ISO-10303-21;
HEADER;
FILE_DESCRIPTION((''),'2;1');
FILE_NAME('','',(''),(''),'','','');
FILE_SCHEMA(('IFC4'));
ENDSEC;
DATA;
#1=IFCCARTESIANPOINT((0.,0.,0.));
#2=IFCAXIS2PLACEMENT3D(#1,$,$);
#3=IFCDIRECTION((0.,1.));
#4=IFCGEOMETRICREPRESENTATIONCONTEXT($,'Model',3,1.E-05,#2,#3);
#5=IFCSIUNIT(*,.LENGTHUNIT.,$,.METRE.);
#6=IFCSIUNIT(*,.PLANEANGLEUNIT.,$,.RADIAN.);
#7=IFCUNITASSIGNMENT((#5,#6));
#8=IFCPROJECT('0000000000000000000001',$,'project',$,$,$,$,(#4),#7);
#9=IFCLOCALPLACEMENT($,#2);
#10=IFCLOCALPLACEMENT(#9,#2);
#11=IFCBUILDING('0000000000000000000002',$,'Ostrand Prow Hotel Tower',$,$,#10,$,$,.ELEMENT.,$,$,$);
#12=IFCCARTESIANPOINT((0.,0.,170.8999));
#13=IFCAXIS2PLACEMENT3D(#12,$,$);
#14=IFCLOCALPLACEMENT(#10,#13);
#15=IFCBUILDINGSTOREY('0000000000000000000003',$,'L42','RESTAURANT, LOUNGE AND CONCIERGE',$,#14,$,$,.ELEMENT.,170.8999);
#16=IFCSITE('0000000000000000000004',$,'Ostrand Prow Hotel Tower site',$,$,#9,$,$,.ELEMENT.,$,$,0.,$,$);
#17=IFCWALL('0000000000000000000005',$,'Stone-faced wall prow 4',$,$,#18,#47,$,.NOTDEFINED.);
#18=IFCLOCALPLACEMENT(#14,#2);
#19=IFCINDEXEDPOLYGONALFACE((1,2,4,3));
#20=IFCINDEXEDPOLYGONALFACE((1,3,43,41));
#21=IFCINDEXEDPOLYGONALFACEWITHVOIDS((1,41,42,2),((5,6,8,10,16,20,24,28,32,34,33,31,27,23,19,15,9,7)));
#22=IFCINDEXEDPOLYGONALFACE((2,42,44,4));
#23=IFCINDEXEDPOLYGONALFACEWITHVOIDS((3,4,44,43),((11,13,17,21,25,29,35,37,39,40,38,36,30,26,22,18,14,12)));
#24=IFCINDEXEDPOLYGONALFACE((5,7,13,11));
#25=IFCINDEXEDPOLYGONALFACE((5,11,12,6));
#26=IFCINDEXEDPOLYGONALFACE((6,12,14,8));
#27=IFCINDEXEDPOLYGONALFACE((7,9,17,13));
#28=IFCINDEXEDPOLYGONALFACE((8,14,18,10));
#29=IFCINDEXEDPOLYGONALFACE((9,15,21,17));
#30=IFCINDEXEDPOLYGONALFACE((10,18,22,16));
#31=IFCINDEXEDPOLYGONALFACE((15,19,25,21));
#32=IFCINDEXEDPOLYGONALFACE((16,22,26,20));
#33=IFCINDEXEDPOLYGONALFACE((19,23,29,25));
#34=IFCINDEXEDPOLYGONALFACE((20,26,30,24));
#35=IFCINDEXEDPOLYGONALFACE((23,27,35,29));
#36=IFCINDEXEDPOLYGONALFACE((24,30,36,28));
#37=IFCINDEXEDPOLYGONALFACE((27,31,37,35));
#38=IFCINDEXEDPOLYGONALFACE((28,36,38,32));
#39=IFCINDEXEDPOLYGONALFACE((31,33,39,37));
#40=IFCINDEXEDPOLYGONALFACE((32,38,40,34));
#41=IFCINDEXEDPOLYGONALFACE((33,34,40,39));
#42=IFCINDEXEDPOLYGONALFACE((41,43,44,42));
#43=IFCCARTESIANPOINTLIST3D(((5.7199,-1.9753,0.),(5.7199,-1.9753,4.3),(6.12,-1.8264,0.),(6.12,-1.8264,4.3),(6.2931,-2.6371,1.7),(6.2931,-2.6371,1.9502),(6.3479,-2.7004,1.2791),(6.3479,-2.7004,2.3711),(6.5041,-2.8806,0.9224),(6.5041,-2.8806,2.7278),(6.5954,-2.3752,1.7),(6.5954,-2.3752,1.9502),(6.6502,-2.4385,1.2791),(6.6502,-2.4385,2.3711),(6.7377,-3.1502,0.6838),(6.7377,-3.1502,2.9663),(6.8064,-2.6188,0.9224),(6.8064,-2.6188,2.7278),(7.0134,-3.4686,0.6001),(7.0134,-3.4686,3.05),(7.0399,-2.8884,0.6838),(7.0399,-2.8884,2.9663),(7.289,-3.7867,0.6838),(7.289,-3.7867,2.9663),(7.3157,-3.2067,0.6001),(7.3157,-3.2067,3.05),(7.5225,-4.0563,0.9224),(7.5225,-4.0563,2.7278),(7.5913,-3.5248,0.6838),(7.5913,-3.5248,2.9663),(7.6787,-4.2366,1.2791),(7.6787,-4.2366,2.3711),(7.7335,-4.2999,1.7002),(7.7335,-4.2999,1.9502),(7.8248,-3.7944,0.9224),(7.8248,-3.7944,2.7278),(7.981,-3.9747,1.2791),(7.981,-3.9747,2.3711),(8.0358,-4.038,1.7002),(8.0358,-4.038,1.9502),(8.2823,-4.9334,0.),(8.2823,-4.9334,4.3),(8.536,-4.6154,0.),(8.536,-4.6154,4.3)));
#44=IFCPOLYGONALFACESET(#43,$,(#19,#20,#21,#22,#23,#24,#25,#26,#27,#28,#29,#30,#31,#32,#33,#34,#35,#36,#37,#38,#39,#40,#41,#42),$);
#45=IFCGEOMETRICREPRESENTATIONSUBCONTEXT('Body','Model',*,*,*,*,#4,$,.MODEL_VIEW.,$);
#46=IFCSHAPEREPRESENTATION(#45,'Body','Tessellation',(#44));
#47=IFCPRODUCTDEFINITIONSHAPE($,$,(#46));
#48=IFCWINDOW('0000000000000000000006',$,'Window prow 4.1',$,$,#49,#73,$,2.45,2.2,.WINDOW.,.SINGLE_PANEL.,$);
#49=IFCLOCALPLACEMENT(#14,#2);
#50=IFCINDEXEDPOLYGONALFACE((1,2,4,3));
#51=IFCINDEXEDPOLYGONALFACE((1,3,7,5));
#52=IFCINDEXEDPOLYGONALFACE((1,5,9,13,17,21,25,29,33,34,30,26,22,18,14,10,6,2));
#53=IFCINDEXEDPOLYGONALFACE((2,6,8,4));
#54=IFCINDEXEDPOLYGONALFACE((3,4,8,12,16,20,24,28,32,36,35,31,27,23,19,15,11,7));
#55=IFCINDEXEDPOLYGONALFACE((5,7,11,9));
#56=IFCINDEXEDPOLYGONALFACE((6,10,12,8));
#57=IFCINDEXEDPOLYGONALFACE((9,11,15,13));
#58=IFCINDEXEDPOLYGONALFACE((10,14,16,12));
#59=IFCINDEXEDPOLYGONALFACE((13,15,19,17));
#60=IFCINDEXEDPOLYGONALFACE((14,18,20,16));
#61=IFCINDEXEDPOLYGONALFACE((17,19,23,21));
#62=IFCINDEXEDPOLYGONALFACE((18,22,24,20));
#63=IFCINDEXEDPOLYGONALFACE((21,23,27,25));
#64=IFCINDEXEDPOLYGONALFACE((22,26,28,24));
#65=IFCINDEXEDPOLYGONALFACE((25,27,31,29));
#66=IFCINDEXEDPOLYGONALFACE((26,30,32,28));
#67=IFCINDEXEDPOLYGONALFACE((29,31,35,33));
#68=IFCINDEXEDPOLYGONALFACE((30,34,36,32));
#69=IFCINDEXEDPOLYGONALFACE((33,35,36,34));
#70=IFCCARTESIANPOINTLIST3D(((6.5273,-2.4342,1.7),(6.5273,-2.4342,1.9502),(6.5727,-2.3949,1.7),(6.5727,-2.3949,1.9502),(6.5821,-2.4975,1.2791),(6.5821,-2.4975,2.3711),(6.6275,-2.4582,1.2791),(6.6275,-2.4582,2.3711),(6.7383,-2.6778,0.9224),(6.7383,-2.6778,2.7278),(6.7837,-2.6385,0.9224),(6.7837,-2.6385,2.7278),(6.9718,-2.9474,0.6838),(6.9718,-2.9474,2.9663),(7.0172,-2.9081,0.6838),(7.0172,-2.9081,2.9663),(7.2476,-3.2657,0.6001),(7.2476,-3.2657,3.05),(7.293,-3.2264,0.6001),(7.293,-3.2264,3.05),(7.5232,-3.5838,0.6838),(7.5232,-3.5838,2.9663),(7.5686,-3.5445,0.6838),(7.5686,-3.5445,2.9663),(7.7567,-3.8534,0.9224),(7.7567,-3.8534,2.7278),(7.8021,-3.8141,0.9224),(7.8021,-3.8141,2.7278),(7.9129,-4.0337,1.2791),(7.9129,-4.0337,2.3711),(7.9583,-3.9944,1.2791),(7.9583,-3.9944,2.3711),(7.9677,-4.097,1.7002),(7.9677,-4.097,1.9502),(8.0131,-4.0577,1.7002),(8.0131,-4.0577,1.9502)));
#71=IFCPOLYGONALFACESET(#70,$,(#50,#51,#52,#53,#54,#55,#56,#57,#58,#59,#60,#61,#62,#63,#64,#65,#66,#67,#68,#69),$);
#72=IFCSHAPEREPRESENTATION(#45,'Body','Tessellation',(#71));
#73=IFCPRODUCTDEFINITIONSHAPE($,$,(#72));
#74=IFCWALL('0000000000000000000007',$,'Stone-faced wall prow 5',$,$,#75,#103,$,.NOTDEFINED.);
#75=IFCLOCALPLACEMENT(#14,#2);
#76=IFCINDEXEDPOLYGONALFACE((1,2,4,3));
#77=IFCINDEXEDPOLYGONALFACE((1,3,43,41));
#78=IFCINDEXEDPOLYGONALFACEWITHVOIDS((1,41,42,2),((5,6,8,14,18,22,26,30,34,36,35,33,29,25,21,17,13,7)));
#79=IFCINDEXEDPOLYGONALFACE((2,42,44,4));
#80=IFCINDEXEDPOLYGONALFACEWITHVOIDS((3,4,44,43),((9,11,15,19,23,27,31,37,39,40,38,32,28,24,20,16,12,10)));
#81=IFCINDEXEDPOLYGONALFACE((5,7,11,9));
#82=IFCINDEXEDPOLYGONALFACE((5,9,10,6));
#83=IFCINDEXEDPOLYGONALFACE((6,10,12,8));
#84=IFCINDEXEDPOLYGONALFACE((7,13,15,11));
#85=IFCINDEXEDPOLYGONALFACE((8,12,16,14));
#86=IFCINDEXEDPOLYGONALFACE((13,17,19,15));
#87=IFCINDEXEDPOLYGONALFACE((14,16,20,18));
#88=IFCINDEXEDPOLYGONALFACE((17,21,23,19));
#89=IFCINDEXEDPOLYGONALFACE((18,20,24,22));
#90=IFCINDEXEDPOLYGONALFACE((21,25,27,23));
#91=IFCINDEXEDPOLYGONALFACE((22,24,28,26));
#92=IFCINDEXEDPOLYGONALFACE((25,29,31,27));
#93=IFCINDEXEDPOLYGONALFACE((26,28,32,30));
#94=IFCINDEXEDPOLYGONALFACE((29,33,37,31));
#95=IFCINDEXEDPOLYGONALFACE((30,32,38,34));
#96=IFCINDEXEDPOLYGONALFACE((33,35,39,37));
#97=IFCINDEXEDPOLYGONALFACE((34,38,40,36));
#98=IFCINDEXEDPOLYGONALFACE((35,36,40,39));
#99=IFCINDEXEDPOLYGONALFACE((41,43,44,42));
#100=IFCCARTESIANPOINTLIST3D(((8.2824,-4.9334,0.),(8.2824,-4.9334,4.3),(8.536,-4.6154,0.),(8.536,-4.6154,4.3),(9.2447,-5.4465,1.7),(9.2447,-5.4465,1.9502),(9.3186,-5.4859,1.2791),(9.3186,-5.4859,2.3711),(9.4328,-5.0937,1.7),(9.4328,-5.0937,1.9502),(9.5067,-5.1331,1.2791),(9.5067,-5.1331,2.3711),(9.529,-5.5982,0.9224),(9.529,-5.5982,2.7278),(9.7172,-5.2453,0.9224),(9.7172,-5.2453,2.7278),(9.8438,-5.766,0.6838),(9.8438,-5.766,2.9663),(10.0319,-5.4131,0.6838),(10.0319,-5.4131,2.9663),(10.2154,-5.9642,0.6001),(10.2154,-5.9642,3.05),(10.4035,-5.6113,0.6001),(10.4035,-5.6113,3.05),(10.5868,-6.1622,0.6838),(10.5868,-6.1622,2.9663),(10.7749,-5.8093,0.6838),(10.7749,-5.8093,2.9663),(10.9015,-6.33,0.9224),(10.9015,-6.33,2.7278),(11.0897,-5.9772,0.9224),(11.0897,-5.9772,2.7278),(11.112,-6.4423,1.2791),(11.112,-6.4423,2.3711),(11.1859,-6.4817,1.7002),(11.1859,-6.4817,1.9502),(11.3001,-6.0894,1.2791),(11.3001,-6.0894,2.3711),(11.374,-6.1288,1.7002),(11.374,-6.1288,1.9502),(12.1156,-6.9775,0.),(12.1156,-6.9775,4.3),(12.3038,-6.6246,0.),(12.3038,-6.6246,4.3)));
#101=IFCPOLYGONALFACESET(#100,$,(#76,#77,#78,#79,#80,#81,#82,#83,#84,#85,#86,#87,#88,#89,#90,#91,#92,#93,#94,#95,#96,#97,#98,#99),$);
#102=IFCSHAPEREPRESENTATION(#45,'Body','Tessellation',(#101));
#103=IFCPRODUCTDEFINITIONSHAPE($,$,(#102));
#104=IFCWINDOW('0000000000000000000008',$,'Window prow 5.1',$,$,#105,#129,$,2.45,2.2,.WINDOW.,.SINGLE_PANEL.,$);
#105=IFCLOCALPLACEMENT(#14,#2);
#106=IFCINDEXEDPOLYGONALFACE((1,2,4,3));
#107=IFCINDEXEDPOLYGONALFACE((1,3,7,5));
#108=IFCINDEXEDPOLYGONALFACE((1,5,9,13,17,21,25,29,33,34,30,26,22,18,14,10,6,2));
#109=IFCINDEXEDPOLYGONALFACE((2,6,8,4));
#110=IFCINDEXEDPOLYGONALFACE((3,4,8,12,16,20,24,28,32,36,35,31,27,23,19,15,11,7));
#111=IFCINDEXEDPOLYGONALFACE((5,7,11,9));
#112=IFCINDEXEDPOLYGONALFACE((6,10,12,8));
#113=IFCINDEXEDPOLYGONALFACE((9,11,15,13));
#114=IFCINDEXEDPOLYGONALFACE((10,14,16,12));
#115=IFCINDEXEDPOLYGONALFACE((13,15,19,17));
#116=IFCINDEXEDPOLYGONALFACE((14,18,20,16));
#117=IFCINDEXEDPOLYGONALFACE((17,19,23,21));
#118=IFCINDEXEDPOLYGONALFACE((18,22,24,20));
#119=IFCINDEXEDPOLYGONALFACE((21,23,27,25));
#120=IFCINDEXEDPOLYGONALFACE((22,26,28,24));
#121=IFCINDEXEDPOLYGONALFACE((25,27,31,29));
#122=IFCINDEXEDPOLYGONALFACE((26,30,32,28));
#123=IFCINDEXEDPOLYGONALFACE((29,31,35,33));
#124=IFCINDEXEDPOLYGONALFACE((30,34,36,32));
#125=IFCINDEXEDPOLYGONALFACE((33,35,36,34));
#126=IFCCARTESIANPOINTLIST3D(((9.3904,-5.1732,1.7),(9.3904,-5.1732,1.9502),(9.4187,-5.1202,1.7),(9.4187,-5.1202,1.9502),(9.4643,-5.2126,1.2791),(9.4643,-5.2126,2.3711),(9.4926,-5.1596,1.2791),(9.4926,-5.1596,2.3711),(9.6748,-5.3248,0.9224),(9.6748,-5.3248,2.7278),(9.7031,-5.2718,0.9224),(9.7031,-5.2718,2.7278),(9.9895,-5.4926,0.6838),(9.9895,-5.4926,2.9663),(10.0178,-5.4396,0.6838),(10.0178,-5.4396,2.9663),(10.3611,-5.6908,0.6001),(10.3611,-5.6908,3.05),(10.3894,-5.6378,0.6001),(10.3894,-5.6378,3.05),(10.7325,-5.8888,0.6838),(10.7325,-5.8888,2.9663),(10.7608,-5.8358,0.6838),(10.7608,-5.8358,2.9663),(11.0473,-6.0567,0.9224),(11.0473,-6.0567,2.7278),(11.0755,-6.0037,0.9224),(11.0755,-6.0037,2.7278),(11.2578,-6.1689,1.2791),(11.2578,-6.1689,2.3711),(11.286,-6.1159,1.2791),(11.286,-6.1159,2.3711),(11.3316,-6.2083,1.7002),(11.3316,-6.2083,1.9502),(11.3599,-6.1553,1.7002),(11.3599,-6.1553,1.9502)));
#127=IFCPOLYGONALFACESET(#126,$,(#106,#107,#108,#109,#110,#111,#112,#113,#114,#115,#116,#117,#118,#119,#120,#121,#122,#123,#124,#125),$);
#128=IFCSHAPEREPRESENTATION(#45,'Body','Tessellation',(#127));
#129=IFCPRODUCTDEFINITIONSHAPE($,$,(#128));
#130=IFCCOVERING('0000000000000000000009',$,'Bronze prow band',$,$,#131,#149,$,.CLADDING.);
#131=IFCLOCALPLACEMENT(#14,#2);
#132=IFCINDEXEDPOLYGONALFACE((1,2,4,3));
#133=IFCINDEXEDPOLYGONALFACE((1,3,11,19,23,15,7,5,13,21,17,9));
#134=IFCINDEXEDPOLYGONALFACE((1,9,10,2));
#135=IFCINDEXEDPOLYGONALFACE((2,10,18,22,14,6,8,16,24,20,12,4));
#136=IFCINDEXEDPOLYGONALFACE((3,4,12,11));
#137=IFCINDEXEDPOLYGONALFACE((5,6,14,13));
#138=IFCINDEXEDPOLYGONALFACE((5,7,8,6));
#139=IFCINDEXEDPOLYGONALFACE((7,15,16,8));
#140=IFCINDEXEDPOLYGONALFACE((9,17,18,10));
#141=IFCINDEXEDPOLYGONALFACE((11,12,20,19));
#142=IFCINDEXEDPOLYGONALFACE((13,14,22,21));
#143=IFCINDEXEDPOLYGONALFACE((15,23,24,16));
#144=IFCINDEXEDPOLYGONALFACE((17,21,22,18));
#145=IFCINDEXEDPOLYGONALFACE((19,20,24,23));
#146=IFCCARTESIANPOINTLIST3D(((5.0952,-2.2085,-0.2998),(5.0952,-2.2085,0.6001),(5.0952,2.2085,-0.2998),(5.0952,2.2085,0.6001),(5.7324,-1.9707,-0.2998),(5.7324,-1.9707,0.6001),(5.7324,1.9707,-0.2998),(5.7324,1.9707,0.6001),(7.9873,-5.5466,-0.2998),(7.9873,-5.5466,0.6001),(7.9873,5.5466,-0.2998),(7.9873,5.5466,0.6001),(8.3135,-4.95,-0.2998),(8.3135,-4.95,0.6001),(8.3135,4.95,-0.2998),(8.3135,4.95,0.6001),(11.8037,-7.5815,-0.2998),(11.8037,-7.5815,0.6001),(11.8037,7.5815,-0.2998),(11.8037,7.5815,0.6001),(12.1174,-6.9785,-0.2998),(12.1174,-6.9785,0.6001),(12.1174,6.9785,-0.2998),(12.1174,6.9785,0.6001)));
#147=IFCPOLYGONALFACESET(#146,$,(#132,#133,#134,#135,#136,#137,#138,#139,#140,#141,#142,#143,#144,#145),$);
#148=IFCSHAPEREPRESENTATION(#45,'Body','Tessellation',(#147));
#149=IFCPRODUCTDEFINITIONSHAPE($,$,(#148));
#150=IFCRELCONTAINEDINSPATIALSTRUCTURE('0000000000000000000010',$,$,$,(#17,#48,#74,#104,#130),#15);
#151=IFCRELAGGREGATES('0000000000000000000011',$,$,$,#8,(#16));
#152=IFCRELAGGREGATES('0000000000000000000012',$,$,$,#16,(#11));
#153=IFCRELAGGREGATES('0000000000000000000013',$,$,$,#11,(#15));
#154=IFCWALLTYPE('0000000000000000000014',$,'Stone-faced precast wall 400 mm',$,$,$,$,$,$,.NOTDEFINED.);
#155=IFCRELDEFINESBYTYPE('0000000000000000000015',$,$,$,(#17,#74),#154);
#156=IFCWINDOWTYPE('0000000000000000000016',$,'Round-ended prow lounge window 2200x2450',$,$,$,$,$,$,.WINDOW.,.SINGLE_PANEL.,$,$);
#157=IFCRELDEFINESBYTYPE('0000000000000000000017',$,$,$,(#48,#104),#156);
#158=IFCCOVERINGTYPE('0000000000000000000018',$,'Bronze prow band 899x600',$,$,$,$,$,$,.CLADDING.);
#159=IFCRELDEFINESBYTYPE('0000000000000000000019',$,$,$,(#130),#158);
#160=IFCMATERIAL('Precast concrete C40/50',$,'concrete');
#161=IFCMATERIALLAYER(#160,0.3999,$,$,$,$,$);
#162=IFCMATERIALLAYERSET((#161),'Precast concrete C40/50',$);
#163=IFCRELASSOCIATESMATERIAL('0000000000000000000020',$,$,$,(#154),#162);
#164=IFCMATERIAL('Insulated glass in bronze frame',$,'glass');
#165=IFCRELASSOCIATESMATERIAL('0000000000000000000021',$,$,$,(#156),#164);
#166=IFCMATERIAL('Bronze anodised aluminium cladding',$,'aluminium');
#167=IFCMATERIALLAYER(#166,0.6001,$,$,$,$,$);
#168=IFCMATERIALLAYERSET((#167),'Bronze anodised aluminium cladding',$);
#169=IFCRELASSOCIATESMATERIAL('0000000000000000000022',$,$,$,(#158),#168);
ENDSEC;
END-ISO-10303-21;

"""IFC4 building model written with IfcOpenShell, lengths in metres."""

from ifc_helpers import new_model, si_unit, direction, frame, origin, place, context, subcontext, project, spatial, polyline, outline, extrude, material, layer, layer_set, type_object, element, fill, save


model = new_model("IFC4")

# Units and contexts
model_context = context("Model", 3, precision=1e-05, world=origin(), true_north=direction((0.0, 1.0)))
body_context = subcontext(model_context, "Body", "Model", "MODEL_VIEW")
ifc_project = project(units=[si_unit("LENGTHUNIT", "METRE"), si_unit("PLANEANGLEUNIT", "RADIAN")], contexts=[model_context])

# Site, building, storey
site_placement = place(None, origin())
site = spatial("IfcSite", under=ifc_project, at=site_placement, Name="Ostrand Prow Hotel Tower site", CompositionType="ELEMENT", RefElevation=0.0)
building_placement = place(site_placement, origin())
building = spatial("IfcBuilding", under=site, at=building_placement, Name="Ostrand Prow Hotel Tower", CompositionType="ELEMENT")
storey_placement = place(building_placement, frame((0.0, 0.0, 170.8999)))
storey = spatial("IfcBuildingStorey", under=building, at=storey_placement, Name="L42", Description="RESTAURANT, LOUNGE AND CONCIERGE", CompositionType="ELEMENT", Elevation=170.8999)

# Walls, openings, windows
ifc_material_1 = material(Name="Precast concrete C40/50", Category="concrete")
ifc_layer_1 = layer(ifc_material_1, 0.3999)
ifc_layer_set_1 = layer_set([ifc_layer_1], Name="Precast concrete C40/50")
wall_type_1 = type_object("IfcWallType", Name="Stone-faced precast wall 400 mm", PredefinedType="NOTDEFINED", material=ifc_layer_set_1)
wall_1_placement = place(storey_placement, frame((5.9199, -1.9009, 0.0), z_axis=(0.0, 0.0, 1.0), x_axis=(0.654759, -0.755837, 0.0)))
wall_1 = element("IfcWall", 1, at=wall_1_placement, inside=storey, type_object=wall_type_1, Name="Stone-faced wall prow 4", PredefinedType="NOTDEFINED", context=body_context, shape_type="SweptSolid", body=[
    extrude(outline(polyline([(-0.0747, -0.2), (3.8389, -0.2), (3.7646, 0.2), (0.0747, 0.2), (-0.0747, -0.2)])), origin(), (0.0, 0.0, 1.0), 4.3),
])
opening_1_placement = place(wall_1_placement, frame((0.8008, 0.0, 0.6001)))
opening_1 = element("IfcOpeningElement", 2, at=opening_1_placement, cuts=wall_1, PredefinedType="OPENING", context=body_context, shape_type="SweptSolid", body=[
    extrude(outline(polyline([(0.0, 1.3501), (0.0837, 1.771), (0.3223, 2.1277), (0.679, 2.3662), (1.1001, 2.45), (1.521, 2.3662), (1.8777, 2.1277), (2.1162, 1.771), (2.2, 1.3501), (2.2, 1.1001), (2.1162, 0.679), (1.8777, 0.3223), (1.521, 0.0837), (1.1001, 0.0), (0.679, 0.0837), (0.3223, 0.3223), (0.0837, 0.679), (0.0, 1.0999), (0.0, 1.3501)])), frame((0.0, 0.21, 0.0), z_axis=(0.0, -1.0, 0.0), x_axis=(1.0, 0.0, 0.0)), (0.0, 0.0, 1.0), 0.4199),
])
ifc_material_2 = material(Name="Insulated glass in bronze frame", Category="glass")
window_type = type_object("IfcWindowType", Name="Round-ended prow lounge window 2200x2450", PartitioningType="SINGLE_PANEL", PredefinedType="WINDOW", material=ifc_material_2)
window_1_placement = place(opening_1_placement, origin())
window_1 = element("IfcWindow", 3, at=window_1_placement, inside=storey, type_object=window_type, Name="Window prow 4.1", OverallHeight=2.45, OverallWidth=2.2, PartitioningType="SINGLE_PANEL", PredefinedType="WINDOW", context=body_context, shape_type="SweptSolid", body=[
    extrude(outline(polyline([(0.0, 1.3501), (0.0837, 1.771), (0.3223, 2.1277), (0.679, 2.3662), (1.1001, 2.45), (1.521, 2.3662), (1.8777, 2.1277), (2.1162, 1.771), (2.2, 1.3501), (2.2, 1.1001), (2.1162, 0.679), (1.8777, 0.3223), (1.521, 0.0837), (1.1001, 0.0), (0.679, 0.0837), (0.3223, 0.3223), (0.0837, 0.679), (0.0, 1.0999), (0.0, 1.3501)])), frame((0.0, 0.1699, 0.0), z_axis=(0.0, -1.0, 0.0), x_axis=(1.0, 0.0, 0.0)), (0.0, 0.0, 1.0), 0.0601),
])
fill(opening_1, window_1)
wall_2_placement = place(storey_placement, frame((8.4092, -4.7744, 0.0), z_axis=(0.0, 0.0, 1.0), x_axis=(0.882386, -0.470526, 0.0)))
wall_2 = element("IfcWall", 4, at=wall_2_placement, inside=storey, type_object=wall_type_1, Name="Stone-faced wall prow 5", PredefinedType="NOTDEFINED", context=body_context, shape_type="SweptSolid", body=[
    extrude(outline(polyline([(-0.0371, -0.2), (4.3071, -0.2), (4.3071, 0.2), (0.0371, 0.2), (-0.0371, -0.2)])), origin(), (0.0, 0.0, 1.0), 4.3),
])
opening_2_placement = place(wall_2_placement, frame((1.0535, 0.0, 0.6001)))
opening_2 = element("IfcOpeningElement", 5, at=opening_2_placement, cuts=wall_2, PredefinedType="OPENING", context=body_context, shape_type="SweptSolid", body=[
    extrude(outline(polyline([(0.0, 1.3501), (0.0837, 1.771), (0.3223, 2.1277), (0.679, 2.3662), (1.1001, 2.45), (1.521, 2.3662), (1.8777, 2.1277), (2.1162, 1.771), (2.2, 1.3501), (2.2, 1.1001), (2.1162, 0.679), (1.8777, 0.3223), (1.521, 0.0837), (1.1001, 0.0), (0.679, 0.0837), (0.3223, 0.3223), (0.0837, 0.679), (0.0, 1.0999), (0.0, 1.3501)])), frame((0.0, 0.21, 0.0), z_axis=(0.0, -1.0, 0.0), x_axis=(1.0, 0.0, 0.0)), (0.0, 0.0, 1.0), 0.4199),
])
window_2_placement = place(opening_2_placement, origin())
window_2 = element("IfcWindow", 6, at=window_2_placement, inside=storey, type_object=window_type, Name="Window prow 5.1", OverallHeight=2.45, OverallWidth=2.2, PartitioningType="SINGLE_PANEL", PredefinedType="WINDOW", context=body_context, shape_type="SweptSolid", body=[
    extrude(outline(polyline([(0.0, 1.3501), (0.0837, 1.771), (0.3223, 2.1277), (0.679, 2.3662), (1.1001, 2.45), (1.521, 2.3662), (1.8777, 2.1277), (2.1162, 1.771), (2.2, 1.3501), (2.2, 1.1001), (2.1162, 0.679), (1.8777, 0.3223), (1.521, 0.0837), (1.1001, 0.0), (0.679, 0.0837), (0.3223, 0.3223), (0.0837, 0.679), (0.0, 1.0999), (0.0, 1.3501)])), frame((0.0, 0.1699, 0.0), z_axis=(0.0, -1.0, 0.0), x_axis=(1.0, 0.0, 0.0)), (0.0, 0.0, 1.0), 0.0601),
])
fill(opening_2, window_2)

# Covering
ifc_material_3 = material(Name="Bronze anodised aluminium cladding", Category="aluminium")
ifc_layer_2 = layer(ifc_material_3, 0.6001)
ifc_layer_set_2 = layer_set([ifc_layer_2], Name="Bronze anodised aluminium cladding")
covering_type_1 = type_object("IfcCoveringType", Name="Bronze prow band 899x600", PredefinedType="CLADDING", material=ifc_layer_set_2)
covering_1_placement = place(storey_placement, frame((0.0, 0.0, -0.2998)))
element("IfcCovering", 7, at=covering_1_placement, inside=storey, type_object=covering_type_1, Name="Bronze prow band", PredefinedType="CLADDING", context=body_context, shape_type="SweptSolid", body=[
    extrude(outline(polyline([(11.8037, 7.5815), (7.9873, 5.5466), (5.0952, 2.2085), (5.0952, -2.2085), (7.9873, -5.5466), (11.8037, -7.5815), (12.1174, -6.9785), (8.3135, -4.95), (5.7324, -1.9707), (5.7324, 1.9707), (8.3135, 4.95), (12.1174, 6.9785), (11.8037, 7.5815)])), origin(), (0.0, 0.0, 1.0), 0.8999),
])

save(model, "model.ifc")
